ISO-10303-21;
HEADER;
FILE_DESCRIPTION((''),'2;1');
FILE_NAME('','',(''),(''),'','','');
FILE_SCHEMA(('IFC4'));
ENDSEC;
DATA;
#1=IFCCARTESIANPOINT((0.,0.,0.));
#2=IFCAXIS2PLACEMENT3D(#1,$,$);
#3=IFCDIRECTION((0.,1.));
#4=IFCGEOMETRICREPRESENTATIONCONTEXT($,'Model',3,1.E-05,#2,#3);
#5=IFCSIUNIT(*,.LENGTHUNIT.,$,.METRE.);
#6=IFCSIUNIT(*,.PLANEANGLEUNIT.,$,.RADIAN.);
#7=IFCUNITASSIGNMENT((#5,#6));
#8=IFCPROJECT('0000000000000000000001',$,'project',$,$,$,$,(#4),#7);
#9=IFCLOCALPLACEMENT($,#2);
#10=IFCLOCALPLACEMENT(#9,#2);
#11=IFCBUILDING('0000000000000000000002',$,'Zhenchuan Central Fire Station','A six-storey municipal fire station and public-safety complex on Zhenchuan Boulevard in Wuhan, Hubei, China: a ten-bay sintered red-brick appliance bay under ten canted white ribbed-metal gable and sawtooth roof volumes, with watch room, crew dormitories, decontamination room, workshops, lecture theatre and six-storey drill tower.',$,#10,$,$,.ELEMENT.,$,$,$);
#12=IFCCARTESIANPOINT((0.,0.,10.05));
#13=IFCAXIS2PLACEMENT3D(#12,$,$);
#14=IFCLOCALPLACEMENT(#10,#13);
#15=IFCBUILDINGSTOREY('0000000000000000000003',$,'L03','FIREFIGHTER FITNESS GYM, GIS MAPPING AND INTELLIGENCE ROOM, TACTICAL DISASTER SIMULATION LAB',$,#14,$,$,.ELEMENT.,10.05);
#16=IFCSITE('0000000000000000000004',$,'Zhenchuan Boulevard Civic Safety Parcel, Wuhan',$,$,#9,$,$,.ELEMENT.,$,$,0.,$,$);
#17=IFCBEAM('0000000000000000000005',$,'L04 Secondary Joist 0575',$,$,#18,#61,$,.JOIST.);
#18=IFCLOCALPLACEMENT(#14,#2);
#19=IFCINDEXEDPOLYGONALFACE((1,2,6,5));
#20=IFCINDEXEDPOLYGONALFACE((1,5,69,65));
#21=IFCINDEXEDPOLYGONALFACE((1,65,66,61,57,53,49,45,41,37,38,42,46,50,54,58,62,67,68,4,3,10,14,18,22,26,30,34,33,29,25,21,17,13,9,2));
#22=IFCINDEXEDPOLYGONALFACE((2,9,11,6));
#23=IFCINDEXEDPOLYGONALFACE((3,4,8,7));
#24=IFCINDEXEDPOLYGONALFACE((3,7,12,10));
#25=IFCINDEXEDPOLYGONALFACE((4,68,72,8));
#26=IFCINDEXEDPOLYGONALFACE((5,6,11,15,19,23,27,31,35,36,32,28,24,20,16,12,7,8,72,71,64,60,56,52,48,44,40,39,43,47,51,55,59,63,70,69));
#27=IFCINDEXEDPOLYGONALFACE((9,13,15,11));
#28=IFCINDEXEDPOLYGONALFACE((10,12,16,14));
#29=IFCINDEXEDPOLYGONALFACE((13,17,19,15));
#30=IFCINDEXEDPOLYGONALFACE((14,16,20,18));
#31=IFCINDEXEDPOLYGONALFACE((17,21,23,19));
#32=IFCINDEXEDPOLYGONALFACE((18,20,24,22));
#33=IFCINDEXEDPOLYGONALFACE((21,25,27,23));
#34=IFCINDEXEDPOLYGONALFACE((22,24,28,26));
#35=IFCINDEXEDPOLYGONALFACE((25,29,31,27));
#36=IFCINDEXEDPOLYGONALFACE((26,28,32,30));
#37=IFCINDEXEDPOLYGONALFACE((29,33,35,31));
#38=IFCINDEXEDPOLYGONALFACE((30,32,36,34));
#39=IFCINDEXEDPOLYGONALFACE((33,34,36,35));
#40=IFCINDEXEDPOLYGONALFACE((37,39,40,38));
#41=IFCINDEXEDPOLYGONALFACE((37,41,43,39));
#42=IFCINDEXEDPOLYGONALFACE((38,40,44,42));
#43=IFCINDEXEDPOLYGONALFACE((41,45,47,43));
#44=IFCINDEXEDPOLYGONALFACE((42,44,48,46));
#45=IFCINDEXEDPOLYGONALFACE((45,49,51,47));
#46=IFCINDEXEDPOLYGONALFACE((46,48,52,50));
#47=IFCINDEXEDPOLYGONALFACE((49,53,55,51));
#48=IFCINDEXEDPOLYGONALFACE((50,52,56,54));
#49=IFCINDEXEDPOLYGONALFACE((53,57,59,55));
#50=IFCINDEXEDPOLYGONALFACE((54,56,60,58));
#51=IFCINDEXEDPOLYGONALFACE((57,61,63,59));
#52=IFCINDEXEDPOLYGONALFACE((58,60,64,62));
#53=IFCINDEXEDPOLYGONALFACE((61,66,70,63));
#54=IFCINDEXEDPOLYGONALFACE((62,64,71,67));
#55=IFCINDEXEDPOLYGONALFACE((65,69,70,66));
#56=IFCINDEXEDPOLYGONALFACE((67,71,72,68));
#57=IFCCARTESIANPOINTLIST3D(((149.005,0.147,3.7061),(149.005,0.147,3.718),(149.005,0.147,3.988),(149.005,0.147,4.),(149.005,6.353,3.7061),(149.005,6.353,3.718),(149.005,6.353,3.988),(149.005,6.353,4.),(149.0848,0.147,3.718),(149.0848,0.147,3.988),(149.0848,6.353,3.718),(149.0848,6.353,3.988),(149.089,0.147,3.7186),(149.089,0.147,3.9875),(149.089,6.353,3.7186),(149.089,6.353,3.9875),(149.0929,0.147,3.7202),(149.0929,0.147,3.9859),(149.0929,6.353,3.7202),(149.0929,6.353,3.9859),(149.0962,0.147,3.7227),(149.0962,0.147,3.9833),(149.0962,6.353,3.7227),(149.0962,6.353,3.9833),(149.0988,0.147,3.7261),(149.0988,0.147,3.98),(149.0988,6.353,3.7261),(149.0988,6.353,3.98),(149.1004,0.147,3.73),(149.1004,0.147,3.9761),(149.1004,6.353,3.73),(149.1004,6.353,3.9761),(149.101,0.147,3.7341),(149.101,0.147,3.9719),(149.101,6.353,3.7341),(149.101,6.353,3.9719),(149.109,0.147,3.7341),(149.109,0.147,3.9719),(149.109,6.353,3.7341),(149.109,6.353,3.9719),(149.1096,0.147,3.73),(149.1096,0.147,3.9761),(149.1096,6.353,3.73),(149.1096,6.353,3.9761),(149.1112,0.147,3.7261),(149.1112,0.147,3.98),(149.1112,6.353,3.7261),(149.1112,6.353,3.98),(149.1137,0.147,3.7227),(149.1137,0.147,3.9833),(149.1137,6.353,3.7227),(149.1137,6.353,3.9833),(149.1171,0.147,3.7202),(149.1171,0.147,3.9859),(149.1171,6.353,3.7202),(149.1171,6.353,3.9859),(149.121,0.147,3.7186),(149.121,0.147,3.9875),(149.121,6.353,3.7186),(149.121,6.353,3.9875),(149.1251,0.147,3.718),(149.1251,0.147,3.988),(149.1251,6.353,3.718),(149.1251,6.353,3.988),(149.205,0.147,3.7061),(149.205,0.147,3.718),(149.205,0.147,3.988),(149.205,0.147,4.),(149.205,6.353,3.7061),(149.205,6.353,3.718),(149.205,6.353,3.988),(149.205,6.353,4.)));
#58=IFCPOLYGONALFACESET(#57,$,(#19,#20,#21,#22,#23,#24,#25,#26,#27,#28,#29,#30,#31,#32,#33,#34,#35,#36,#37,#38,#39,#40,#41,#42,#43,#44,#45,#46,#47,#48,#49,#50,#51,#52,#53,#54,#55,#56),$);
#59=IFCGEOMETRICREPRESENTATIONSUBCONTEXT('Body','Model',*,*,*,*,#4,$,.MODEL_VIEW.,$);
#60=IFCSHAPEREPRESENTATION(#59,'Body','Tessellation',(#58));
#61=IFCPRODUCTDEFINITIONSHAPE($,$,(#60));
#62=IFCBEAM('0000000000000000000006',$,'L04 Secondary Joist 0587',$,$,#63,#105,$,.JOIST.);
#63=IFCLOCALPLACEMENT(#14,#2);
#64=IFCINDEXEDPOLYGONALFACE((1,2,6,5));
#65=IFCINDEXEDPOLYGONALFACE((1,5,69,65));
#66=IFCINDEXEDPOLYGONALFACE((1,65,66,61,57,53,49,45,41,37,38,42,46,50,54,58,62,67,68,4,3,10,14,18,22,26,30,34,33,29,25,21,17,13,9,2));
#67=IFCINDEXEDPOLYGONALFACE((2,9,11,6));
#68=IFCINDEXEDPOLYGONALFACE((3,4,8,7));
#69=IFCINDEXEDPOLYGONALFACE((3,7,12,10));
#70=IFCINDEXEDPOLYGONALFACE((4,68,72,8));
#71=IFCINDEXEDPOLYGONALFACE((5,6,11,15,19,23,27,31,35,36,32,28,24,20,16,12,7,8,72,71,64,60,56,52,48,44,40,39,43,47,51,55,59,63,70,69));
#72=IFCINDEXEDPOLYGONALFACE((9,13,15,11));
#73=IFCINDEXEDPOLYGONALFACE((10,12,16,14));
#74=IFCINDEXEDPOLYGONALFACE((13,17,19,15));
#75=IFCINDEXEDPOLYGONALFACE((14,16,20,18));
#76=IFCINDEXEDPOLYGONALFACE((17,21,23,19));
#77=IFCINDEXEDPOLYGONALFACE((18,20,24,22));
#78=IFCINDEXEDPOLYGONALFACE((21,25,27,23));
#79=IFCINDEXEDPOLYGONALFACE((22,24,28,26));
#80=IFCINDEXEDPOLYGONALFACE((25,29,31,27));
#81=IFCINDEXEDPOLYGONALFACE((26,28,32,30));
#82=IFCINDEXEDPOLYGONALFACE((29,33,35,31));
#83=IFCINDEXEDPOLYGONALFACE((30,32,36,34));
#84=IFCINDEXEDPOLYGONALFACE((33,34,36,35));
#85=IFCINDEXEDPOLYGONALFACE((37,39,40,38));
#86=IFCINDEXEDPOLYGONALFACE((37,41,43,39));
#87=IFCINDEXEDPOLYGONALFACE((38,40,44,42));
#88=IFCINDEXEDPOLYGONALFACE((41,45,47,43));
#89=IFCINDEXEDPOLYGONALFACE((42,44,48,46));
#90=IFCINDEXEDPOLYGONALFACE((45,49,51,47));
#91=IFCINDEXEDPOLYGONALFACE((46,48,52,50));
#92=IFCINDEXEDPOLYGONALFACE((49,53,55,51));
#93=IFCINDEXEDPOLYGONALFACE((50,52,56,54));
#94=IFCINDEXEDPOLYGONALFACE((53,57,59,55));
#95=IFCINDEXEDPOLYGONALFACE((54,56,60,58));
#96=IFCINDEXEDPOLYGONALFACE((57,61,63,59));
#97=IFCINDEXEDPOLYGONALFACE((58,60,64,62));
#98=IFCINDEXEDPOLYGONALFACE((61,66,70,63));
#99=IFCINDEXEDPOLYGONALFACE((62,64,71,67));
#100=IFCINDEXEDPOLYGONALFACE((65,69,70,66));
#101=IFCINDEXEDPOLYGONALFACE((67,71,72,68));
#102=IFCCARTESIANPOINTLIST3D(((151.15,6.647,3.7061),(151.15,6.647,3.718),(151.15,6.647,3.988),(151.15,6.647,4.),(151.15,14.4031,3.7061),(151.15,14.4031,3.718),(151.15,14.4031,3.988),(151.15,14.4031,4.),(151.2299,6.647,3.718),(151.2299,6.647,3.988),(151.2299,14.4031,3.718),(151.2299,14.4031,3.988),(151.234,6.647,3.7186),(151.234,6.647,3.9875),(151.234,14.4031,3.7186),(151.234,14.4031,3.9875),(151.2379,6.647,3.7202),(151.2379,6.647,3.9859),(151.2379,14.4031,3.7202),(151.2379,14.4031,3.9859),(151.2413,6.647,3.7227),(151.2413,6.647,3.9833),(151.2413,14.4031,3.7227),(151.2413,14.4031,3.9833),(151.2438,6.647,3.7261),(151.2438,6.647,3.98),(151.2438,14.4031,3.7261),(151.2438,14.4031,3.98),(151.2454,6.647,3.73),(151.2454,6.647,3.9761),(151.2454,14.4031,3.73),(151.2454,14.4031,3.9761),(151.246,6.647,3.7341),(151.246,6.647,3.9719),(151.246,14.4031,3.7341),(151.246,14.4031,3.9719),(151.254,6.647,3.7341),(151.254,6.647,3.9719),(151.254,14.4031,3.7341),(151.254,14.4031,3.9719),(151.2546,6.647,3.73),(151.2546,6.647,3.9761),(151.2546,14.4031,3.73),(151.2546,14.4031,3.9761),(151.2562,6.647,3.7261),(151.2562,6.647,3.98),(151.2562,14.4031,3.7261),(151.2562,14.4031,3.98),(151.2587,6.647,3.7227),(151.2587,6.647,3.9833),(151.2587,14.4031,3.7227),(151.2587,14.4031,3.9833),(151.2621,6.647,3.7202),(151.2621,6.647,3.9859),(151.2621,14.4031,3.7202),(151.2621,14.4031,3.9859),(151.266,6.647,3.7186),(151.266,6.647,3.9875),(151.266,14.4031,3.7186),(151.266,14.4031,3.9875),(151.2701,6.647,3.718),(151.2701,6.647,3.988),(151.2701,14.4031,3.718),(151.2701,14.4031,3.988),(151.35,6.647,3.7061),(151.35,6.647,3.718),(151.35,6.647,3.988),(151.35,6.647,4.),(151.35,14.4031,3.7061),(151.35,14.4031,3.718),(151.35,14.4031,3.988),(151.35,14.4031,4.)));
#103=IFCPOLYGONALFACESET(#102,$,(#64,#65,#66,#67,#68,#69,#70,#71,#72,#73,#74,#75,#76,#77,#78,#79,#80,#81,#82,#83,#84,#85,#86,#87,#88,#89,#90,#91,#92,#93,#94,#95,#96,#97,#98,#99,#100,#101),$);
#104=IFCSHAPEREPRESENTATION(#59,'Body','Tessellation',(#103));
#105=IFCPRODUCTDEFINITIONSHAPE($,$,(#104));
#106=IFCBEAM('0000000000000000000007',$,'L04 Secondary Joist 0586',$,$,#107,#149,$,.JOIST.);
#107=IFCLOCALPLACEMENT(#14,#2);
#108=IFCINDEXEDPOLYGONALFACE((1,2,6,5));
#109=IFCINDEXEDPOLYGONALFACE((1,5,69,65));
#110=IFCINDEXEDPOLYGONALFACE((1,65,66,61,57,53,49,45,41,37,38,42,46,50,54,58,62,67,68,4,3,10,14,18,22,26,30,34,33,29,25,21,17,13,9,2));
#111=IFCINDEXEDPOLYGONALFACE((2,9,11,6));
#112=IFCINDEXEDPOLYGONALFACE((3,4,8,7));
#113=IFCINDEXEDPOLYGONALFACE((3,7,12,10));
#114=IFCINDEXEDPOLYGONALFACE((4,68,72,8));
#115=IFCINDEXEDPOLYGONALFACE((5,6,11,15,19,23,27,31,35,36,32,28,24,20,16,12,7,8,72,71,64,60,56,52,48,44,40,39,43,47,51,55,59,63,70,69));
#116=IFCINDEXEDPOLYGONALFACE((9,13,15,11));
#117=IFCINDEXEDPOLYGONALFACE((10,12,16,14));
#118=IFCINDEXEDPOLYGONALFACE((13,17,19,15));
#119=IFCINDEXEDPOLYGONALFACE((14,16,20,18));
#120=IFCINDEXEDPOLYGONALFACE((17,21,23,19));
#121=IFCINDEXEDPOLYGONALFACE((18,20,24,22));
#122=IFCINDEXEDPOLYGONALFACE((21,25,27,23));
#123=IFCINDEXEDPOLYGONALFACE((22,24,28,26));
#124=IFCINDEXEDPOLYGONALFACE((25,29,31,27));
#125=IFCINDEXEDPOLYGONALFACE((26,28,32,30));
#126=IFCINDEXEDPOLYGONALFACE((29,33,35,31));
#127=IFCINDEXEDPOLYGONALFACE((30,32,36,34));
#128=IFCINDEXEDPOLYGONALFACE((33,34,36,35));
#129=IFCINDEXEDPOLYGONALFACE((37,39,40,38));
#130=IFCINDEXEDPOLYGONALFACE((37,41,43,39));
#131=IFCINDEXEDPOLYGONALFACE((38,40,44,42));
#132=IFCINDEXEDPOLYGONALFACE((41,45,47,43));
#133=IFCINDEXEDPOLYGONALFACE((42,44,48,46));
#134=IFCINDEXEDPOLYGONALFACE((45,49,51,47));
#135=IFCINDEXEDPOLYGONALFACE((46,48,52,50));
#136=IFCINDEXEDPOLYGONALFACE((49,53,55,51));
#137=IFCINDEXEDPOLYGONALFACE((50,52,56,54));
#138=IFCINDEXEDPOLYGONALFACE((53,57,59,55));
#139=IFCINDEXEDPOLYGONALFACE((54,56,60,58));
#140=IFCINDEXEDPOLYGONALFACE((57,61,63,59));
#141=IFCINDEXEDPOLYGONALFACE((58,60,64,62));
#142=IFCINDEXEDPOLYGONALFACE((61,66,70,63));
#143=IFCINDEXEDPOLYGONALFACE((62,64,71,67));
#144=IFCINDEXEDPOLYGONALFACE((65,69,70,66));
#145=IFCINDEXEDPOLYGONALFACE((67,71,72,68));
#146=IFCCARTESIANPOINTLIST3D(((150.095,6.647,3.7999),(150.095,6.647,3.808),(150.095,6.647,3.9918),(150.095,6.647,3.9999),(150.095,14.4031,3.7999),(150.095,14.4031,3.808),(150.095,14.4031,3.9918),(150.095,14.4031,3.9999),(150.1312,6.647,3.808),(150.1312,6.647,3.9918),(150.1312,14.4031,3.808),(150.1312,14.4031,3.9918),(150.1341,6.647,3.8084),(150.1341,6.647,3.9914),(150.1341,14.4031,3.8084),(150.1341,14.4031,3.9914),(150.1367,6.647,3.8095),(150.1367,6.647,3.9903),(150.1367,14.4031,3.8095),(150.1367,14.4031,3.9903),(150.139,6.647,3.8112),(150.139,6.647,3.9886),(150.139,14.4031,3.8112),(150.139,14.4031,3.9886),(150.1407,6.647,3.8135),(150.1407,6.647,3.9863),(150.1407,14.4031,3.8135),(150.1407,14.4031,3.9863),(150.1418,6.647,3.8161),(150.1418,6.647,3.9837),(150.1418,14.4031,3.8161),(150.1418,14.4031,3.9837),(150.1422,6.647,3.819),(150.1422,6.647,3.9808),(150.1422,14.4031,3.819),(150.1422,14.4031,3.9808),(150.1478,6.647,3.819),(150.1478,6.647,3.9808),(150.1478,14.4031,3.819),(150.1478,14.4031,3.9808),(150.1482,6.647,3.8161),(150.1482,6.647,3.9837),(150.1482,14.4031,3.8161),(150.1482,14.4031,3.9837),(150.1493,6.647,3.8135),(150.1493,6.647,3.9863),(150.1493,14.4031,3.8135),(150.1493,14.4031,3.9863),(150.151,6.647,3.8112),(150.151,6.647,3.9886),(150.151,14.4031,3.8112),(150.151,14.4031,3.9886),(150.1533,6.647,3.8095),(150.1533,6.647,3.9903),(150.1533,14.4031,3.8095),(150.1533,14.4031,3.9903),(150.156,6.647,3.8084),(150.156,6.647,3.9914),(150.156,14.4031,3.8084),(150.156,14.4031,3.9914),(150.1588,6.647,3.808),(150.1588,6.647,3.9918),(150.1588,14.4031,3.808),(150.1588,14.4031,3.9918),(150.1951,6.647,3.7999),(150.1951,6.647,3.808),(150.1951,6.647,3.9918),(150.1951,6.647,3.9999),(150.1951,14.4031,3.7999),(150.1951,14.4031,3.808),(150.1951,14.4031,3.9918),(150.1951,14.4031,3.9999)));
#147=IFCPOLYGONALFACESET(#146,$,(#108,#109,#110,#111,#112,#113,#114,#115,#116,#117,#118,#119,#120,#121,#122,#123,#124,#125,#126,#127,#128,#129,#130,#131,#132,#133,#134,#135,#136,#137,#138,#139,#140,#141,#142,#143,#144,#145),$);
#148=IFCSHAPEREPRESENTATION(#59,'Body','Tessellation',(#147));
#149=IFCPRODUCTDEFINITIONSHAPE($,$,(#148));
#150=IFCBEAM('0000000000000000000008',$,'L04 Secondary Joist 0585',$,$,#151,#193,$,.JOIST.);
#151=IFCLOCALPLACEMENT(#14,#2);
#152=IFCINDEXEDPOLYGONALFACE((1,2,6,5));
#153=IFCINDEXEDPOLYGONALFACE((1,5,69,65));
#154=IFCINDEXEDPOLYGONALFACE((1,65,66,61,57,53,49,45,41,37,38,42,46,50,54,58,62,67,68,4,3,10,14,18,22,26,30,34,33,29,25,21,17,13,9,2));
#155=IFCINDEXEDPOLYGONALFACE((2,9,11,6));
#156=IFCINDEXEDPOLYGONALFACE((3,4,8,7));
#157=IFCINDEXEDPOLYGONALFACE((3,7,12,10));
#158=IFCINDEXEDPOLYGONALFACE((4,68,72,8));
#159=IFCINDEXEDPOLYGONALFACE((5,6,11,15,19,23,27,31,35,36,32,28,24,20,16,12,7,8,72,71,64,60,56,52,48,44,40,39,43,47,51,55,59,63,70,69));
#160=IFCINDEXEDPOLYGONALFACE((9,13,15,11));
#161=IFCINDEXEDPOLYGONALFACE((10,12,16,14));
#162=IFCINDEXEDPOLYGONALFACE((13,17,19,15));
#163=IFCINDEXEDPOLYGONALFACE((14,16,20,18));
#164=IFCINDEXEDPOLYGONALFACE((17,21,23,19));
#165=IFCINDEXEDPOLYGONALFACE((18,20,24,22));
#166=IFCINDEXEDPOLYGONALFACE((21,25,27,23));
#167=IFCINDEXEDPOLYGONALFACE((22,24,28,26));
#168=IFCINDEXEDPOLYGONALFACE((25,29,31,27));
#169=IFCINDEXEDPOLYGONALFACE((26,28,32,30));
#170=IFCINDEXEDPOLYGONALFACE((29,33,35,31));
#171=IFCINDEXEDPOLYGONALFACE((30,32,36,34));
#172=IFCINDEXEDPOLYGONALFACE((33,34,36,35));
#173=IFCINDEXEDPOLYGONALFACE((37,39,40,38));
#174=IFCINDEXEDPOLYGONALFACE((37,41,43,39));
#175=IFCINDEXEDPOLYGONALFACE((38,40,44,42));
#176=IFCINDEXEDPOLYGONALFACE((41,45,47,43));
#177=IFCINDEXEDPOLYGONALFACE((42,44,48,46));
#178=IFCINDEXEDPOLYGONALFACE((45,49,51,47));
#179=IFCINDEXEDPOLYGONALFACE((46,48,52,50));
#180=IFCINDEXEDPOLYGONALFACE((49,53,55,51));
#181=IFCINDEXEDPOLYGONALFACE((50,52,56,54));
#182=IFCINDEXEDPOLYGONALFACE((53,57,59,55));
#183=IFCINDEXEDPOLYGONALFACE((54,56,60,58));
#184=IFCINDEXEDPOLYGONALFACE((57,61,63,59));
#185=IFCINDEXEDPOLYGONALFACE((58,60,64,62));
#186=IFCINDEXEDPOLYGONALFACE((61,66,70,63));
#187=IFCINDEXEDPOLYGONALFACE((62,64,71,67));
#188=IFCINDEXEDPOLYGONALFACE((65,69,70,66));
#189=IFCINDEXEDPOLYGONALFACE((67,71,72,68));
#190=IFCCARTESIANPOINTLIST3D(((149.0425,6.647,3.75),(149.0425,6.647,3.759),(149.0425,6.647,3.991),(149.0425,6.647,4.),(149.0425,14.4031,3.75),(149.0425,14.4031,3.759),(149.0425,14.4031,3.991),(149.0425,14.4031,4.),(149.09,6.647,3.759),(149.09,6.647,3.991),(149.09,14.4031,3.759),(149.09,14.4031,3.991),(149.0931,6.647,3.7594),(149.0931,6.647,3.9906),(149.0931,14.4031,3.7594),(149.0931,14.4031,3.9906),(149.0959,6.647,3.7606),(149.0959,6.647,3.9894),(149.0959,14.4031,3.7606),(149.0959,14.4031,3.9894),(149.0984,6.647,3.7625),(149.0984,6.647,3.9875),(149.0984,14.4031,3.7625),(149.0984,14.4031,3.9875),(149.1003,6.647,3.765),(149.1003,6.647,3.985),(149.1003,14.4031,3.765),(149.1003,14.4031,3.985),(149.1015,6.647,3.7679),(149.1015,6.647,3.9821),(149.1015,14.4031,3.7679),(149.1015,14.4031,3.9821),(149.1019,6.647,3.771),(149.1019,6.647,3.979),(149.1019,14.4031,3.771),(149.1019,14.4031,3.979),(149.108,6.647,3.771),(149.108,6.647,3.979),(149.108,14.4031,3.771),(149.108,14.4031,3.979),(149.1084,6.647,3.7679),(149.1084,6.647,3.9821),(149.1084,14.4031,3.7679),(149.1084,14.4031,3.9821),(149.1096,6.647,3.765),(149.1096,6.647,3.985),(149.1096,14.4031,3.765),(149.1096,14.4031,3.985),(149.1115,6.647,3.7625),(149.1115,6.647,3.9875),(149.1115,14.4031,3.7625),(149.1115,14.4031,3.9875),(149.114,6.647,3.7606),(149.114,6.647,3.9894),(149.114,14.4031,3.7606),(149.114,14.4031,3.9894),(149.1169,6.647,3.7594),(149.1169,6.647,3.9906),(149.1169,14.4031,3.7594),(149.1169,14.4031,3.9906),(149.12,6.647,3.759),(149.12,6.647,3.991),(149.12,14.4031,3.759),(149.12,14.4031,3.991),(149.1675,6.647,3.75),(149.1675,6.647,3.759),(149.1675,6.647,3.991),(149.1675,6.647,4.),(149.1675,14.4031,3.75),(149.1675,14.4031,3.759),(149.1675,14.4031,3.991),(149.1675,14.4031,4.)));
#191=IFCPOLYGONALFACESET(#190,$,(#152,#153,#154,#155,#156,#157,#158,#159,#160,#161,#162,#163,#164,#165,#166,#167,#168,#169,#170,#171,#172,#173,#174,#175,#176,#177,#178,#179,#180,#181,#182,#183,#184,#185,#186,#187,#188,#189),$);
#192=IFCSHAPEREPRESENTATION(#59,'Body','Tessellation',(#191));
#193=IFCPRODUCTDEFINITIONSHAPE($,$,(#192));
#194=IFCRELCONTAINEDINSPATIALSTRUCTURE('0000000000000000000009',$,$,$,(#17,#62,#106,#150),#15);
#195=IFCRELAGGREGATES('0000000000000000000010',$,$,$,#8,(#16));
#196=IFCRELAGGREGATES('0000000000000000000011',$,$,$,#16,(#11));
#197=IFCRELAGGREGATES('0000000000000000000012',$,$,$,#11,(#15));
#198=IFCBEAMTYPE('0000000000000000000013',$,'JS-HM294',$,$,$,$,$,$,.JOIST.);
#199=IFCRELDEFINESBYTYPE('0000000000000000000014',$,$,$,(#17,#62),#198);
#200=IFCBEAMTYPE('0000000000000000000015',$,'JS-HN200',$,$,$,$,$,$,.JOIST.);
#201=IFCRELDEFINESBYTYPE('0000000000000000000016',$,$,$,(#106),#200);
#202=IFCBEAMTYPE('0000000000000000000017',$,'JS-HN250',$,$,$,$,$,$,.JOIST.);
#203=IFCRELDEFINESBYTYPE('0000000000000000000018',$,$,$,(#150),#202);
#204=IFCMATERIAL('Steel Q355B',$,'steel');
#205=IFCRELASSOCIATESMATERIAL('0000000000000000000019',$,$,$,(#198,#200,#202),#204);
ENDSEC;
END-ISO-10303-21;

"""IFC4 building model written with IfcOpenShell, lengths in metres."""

from ifc_helpers import new_model, si_unit, direction, frame, origin, origin_2d, place, context, subcontext, project, spatial, i_section, extrude, material, material_profile, profile_set, type_object, element, save


model = new_model("IFC4")

# Units and contexts
model_context = context("Model", 3, precision=1e-05, world=origin(), true_north=direction((0.0, 1.0)))
body_context = subcontext(model_context, "Body", "Model", "MODEL_VIEW")
ifc_project = project(units=[si_unit("LENGTHUNIT", "METRE"), si_unit("PLANEANGLEUNIT", "RADIAN")], contexts=[model_context])

# Site, building, storey
site_placement = place(None, origin())
site = spatial("IfcSite", under=ifc_project, at=site_placement, Name="Zhenchuan Boulevard Civic Safety Parcel, Wuhan", CompositionType="ELEMENT", RefElevation=0.0)
building_placement = place(site_placement, origin())
building = spatial("IfcBuilding", under=site, at=building_placement, Name="Zhenchuan Central Fire Station", Description="A six-storey municipal fire station and public-safety complex on Zhenchuan Boulevard in Wuhan, Hubei, China: a ten-bay sintered red-brick appliance bay under ten canted white ribbed-metal gable and sawtooth roof volumes, with watch room, crew dormitories, decontamination room, workshops, lecture theatre and six-storey drill tower.", CompositionType="ELEMENT")
storey_placement = place(building_placement, frame((0.0, 0.0, 10.05)))
storey = spatial("IfcBuildingStorey", under=building, at=storey_placement, Name="L03", Description="FIREFIGHTER FITNESS GYM, GIS MAPPING AND INTELLIGENCE ROOM, TACTICAL DISASTER SIMULATION LAB", CompositionType="ELEMENT", Elevation=10.05)

# Shared definitions
ifc_material_1 = material(Name="Steel Q355B", Category="steel")

# Beams
ifc_material_profile_1 = material_profile(ifc_material_1, i_section(OverallWidth=0.2, OverallDepth=0.2939, WebThickness=0.0081, FlangeThickness=0.012, FilletRadius=0.0161, at=origin_2d()), Name="HM 294x200")
ifc_profile_set_1 = profile_set([ifc_material_profile_1], Name="Steel Q355B")
beam_type_1 = type_object("IfcBeamType", Name="JS-HM294", PredefinedType="JOIST", material=ifc_profile_set_1)
beam_1_placement = place(storey_placement, frame((149.105, 0.147, 3.853), z_axis=(0.0, 1.0, 0.0), x_axis=(-1.0, 0.0, 0.0)))
element("IfcBeam", 1, at=beam_1_placement, inside=storey, type_object=beam_type_1, Name="L04 Secondary Joist 0575", PredefinedType="JOIST", context=body_context, shape_type="SweptSolid", body=[
    extrude(i_section(OverallWidth=0.2, OverallDepth=0.2939, WebThickness=0.0081, FlangeThickness=0.012, FilletRadius=0.0161, at=origin_2d()), origin(), (0.0, 0.0, 1.0), 6.2061),
])
beam_2_placement = place(storey_placement, frame((151.25, 6.647, 3.853), z_axis=(0.0, 1.0, 0.0), x_axis=(-1.0, 0.0, 0.0)))
element("IfcBeam", 2, at=beam_2_placement, inside=storey, type_object=beam_type_1, Name="L04 Secondary Joist 0587", PredefinedType="JOIST", context=body_context, shape_type="SweptSolid", body=[
    extrude(i_section(OverallWidth=0.2, OverallDepth=0.2939, WebThickness=0.0081, FlangeThickness=0.012, FilletRadius=0.0161, at=origin_2d()), origin(), (0.0, 0.0, 1.0), 7.7561),
])
ifc_material_profile_2 = material_profile(ifc_material_1, i_section(OverallWidth=0.1001, OverallDepth=0.2, WebThickness=0.0056, FlangeThickness=0.0081, FilletRadius=0.011, at=origin_2d()), Name="HN 200x100")
ifc_profile_set_2 = profile_set([ifc_material_profile_2], Name="Steel Q355B")
beam_type_2 = type_object("IfcBeamType", Name="JS-HN200", PredefinedType="JOIST", material=ifc_profile_set_2)
beam_3_placement = place(storey_placement, frame((150.145, 6.647, 3.8999), z_axis=(0.0, 1.0, 0.0), x_axis=(-1.0, 0.0, 0.0)))
element("IfcBeam", 3, at=beam_3_placement, inside=storey, type_object=beam_type_2, Name="L04 Secondary Joist 0586", PredefinedType="JOIST", context=body_context, shape_type="SweptSolid", body=[
    extrude(i_section(OverallWidth=0.1001, OverallDepth=0.2, WebThickness=0.0056, FlangeThickness=0.0081, FilletRadius=0.011, at=origin_2d()), origin(), (0.0, 0.0, 1.0), 7.7561),
])
ifc_material_profile_3 = material_profile(ifc_material_1, i_section(OverallWidth=0.125, OverallDepth=0.25, WebThickness=0.0061, FlangeThickness=0.009, FilletRadius=0.012, at=origin_2d()), Name="HN 250x125")
ifc_profile_set_3 = profile_set([ifc_material_profile_3], Name="Steel Q355B")
beam_type_3 = type_object("IfcBeamType", Name="JS-HN250", PredefinedType="JOIST", material=ifc_profile_set_3)
beam_4_placement = place(storey_placement, frame((149.105, 6.647, 3.875), z_axis=(0.0, 1.0, 0.0), x_axis=(-1.0, 0.0, 0.0)))
element("IfcBeam", 4, at=beam_4_placement, inside=storey, type_object=beam_type_3, Name="L04 Secondary Joist 0585", PredefinedType="JOIST", context=body_context, shape_type="SweptSolid", body=[
    extrude(i_section(OverallWidth=0.125, OverallDepth=0.25, WebThickness=0.0061, FlangeThickness=0.009, FilletRadius=0.012, at=origin_2d()), origin(), (0.0, 0.0, 1.0), 7.7561),
])

save(model, "model.ifc")
